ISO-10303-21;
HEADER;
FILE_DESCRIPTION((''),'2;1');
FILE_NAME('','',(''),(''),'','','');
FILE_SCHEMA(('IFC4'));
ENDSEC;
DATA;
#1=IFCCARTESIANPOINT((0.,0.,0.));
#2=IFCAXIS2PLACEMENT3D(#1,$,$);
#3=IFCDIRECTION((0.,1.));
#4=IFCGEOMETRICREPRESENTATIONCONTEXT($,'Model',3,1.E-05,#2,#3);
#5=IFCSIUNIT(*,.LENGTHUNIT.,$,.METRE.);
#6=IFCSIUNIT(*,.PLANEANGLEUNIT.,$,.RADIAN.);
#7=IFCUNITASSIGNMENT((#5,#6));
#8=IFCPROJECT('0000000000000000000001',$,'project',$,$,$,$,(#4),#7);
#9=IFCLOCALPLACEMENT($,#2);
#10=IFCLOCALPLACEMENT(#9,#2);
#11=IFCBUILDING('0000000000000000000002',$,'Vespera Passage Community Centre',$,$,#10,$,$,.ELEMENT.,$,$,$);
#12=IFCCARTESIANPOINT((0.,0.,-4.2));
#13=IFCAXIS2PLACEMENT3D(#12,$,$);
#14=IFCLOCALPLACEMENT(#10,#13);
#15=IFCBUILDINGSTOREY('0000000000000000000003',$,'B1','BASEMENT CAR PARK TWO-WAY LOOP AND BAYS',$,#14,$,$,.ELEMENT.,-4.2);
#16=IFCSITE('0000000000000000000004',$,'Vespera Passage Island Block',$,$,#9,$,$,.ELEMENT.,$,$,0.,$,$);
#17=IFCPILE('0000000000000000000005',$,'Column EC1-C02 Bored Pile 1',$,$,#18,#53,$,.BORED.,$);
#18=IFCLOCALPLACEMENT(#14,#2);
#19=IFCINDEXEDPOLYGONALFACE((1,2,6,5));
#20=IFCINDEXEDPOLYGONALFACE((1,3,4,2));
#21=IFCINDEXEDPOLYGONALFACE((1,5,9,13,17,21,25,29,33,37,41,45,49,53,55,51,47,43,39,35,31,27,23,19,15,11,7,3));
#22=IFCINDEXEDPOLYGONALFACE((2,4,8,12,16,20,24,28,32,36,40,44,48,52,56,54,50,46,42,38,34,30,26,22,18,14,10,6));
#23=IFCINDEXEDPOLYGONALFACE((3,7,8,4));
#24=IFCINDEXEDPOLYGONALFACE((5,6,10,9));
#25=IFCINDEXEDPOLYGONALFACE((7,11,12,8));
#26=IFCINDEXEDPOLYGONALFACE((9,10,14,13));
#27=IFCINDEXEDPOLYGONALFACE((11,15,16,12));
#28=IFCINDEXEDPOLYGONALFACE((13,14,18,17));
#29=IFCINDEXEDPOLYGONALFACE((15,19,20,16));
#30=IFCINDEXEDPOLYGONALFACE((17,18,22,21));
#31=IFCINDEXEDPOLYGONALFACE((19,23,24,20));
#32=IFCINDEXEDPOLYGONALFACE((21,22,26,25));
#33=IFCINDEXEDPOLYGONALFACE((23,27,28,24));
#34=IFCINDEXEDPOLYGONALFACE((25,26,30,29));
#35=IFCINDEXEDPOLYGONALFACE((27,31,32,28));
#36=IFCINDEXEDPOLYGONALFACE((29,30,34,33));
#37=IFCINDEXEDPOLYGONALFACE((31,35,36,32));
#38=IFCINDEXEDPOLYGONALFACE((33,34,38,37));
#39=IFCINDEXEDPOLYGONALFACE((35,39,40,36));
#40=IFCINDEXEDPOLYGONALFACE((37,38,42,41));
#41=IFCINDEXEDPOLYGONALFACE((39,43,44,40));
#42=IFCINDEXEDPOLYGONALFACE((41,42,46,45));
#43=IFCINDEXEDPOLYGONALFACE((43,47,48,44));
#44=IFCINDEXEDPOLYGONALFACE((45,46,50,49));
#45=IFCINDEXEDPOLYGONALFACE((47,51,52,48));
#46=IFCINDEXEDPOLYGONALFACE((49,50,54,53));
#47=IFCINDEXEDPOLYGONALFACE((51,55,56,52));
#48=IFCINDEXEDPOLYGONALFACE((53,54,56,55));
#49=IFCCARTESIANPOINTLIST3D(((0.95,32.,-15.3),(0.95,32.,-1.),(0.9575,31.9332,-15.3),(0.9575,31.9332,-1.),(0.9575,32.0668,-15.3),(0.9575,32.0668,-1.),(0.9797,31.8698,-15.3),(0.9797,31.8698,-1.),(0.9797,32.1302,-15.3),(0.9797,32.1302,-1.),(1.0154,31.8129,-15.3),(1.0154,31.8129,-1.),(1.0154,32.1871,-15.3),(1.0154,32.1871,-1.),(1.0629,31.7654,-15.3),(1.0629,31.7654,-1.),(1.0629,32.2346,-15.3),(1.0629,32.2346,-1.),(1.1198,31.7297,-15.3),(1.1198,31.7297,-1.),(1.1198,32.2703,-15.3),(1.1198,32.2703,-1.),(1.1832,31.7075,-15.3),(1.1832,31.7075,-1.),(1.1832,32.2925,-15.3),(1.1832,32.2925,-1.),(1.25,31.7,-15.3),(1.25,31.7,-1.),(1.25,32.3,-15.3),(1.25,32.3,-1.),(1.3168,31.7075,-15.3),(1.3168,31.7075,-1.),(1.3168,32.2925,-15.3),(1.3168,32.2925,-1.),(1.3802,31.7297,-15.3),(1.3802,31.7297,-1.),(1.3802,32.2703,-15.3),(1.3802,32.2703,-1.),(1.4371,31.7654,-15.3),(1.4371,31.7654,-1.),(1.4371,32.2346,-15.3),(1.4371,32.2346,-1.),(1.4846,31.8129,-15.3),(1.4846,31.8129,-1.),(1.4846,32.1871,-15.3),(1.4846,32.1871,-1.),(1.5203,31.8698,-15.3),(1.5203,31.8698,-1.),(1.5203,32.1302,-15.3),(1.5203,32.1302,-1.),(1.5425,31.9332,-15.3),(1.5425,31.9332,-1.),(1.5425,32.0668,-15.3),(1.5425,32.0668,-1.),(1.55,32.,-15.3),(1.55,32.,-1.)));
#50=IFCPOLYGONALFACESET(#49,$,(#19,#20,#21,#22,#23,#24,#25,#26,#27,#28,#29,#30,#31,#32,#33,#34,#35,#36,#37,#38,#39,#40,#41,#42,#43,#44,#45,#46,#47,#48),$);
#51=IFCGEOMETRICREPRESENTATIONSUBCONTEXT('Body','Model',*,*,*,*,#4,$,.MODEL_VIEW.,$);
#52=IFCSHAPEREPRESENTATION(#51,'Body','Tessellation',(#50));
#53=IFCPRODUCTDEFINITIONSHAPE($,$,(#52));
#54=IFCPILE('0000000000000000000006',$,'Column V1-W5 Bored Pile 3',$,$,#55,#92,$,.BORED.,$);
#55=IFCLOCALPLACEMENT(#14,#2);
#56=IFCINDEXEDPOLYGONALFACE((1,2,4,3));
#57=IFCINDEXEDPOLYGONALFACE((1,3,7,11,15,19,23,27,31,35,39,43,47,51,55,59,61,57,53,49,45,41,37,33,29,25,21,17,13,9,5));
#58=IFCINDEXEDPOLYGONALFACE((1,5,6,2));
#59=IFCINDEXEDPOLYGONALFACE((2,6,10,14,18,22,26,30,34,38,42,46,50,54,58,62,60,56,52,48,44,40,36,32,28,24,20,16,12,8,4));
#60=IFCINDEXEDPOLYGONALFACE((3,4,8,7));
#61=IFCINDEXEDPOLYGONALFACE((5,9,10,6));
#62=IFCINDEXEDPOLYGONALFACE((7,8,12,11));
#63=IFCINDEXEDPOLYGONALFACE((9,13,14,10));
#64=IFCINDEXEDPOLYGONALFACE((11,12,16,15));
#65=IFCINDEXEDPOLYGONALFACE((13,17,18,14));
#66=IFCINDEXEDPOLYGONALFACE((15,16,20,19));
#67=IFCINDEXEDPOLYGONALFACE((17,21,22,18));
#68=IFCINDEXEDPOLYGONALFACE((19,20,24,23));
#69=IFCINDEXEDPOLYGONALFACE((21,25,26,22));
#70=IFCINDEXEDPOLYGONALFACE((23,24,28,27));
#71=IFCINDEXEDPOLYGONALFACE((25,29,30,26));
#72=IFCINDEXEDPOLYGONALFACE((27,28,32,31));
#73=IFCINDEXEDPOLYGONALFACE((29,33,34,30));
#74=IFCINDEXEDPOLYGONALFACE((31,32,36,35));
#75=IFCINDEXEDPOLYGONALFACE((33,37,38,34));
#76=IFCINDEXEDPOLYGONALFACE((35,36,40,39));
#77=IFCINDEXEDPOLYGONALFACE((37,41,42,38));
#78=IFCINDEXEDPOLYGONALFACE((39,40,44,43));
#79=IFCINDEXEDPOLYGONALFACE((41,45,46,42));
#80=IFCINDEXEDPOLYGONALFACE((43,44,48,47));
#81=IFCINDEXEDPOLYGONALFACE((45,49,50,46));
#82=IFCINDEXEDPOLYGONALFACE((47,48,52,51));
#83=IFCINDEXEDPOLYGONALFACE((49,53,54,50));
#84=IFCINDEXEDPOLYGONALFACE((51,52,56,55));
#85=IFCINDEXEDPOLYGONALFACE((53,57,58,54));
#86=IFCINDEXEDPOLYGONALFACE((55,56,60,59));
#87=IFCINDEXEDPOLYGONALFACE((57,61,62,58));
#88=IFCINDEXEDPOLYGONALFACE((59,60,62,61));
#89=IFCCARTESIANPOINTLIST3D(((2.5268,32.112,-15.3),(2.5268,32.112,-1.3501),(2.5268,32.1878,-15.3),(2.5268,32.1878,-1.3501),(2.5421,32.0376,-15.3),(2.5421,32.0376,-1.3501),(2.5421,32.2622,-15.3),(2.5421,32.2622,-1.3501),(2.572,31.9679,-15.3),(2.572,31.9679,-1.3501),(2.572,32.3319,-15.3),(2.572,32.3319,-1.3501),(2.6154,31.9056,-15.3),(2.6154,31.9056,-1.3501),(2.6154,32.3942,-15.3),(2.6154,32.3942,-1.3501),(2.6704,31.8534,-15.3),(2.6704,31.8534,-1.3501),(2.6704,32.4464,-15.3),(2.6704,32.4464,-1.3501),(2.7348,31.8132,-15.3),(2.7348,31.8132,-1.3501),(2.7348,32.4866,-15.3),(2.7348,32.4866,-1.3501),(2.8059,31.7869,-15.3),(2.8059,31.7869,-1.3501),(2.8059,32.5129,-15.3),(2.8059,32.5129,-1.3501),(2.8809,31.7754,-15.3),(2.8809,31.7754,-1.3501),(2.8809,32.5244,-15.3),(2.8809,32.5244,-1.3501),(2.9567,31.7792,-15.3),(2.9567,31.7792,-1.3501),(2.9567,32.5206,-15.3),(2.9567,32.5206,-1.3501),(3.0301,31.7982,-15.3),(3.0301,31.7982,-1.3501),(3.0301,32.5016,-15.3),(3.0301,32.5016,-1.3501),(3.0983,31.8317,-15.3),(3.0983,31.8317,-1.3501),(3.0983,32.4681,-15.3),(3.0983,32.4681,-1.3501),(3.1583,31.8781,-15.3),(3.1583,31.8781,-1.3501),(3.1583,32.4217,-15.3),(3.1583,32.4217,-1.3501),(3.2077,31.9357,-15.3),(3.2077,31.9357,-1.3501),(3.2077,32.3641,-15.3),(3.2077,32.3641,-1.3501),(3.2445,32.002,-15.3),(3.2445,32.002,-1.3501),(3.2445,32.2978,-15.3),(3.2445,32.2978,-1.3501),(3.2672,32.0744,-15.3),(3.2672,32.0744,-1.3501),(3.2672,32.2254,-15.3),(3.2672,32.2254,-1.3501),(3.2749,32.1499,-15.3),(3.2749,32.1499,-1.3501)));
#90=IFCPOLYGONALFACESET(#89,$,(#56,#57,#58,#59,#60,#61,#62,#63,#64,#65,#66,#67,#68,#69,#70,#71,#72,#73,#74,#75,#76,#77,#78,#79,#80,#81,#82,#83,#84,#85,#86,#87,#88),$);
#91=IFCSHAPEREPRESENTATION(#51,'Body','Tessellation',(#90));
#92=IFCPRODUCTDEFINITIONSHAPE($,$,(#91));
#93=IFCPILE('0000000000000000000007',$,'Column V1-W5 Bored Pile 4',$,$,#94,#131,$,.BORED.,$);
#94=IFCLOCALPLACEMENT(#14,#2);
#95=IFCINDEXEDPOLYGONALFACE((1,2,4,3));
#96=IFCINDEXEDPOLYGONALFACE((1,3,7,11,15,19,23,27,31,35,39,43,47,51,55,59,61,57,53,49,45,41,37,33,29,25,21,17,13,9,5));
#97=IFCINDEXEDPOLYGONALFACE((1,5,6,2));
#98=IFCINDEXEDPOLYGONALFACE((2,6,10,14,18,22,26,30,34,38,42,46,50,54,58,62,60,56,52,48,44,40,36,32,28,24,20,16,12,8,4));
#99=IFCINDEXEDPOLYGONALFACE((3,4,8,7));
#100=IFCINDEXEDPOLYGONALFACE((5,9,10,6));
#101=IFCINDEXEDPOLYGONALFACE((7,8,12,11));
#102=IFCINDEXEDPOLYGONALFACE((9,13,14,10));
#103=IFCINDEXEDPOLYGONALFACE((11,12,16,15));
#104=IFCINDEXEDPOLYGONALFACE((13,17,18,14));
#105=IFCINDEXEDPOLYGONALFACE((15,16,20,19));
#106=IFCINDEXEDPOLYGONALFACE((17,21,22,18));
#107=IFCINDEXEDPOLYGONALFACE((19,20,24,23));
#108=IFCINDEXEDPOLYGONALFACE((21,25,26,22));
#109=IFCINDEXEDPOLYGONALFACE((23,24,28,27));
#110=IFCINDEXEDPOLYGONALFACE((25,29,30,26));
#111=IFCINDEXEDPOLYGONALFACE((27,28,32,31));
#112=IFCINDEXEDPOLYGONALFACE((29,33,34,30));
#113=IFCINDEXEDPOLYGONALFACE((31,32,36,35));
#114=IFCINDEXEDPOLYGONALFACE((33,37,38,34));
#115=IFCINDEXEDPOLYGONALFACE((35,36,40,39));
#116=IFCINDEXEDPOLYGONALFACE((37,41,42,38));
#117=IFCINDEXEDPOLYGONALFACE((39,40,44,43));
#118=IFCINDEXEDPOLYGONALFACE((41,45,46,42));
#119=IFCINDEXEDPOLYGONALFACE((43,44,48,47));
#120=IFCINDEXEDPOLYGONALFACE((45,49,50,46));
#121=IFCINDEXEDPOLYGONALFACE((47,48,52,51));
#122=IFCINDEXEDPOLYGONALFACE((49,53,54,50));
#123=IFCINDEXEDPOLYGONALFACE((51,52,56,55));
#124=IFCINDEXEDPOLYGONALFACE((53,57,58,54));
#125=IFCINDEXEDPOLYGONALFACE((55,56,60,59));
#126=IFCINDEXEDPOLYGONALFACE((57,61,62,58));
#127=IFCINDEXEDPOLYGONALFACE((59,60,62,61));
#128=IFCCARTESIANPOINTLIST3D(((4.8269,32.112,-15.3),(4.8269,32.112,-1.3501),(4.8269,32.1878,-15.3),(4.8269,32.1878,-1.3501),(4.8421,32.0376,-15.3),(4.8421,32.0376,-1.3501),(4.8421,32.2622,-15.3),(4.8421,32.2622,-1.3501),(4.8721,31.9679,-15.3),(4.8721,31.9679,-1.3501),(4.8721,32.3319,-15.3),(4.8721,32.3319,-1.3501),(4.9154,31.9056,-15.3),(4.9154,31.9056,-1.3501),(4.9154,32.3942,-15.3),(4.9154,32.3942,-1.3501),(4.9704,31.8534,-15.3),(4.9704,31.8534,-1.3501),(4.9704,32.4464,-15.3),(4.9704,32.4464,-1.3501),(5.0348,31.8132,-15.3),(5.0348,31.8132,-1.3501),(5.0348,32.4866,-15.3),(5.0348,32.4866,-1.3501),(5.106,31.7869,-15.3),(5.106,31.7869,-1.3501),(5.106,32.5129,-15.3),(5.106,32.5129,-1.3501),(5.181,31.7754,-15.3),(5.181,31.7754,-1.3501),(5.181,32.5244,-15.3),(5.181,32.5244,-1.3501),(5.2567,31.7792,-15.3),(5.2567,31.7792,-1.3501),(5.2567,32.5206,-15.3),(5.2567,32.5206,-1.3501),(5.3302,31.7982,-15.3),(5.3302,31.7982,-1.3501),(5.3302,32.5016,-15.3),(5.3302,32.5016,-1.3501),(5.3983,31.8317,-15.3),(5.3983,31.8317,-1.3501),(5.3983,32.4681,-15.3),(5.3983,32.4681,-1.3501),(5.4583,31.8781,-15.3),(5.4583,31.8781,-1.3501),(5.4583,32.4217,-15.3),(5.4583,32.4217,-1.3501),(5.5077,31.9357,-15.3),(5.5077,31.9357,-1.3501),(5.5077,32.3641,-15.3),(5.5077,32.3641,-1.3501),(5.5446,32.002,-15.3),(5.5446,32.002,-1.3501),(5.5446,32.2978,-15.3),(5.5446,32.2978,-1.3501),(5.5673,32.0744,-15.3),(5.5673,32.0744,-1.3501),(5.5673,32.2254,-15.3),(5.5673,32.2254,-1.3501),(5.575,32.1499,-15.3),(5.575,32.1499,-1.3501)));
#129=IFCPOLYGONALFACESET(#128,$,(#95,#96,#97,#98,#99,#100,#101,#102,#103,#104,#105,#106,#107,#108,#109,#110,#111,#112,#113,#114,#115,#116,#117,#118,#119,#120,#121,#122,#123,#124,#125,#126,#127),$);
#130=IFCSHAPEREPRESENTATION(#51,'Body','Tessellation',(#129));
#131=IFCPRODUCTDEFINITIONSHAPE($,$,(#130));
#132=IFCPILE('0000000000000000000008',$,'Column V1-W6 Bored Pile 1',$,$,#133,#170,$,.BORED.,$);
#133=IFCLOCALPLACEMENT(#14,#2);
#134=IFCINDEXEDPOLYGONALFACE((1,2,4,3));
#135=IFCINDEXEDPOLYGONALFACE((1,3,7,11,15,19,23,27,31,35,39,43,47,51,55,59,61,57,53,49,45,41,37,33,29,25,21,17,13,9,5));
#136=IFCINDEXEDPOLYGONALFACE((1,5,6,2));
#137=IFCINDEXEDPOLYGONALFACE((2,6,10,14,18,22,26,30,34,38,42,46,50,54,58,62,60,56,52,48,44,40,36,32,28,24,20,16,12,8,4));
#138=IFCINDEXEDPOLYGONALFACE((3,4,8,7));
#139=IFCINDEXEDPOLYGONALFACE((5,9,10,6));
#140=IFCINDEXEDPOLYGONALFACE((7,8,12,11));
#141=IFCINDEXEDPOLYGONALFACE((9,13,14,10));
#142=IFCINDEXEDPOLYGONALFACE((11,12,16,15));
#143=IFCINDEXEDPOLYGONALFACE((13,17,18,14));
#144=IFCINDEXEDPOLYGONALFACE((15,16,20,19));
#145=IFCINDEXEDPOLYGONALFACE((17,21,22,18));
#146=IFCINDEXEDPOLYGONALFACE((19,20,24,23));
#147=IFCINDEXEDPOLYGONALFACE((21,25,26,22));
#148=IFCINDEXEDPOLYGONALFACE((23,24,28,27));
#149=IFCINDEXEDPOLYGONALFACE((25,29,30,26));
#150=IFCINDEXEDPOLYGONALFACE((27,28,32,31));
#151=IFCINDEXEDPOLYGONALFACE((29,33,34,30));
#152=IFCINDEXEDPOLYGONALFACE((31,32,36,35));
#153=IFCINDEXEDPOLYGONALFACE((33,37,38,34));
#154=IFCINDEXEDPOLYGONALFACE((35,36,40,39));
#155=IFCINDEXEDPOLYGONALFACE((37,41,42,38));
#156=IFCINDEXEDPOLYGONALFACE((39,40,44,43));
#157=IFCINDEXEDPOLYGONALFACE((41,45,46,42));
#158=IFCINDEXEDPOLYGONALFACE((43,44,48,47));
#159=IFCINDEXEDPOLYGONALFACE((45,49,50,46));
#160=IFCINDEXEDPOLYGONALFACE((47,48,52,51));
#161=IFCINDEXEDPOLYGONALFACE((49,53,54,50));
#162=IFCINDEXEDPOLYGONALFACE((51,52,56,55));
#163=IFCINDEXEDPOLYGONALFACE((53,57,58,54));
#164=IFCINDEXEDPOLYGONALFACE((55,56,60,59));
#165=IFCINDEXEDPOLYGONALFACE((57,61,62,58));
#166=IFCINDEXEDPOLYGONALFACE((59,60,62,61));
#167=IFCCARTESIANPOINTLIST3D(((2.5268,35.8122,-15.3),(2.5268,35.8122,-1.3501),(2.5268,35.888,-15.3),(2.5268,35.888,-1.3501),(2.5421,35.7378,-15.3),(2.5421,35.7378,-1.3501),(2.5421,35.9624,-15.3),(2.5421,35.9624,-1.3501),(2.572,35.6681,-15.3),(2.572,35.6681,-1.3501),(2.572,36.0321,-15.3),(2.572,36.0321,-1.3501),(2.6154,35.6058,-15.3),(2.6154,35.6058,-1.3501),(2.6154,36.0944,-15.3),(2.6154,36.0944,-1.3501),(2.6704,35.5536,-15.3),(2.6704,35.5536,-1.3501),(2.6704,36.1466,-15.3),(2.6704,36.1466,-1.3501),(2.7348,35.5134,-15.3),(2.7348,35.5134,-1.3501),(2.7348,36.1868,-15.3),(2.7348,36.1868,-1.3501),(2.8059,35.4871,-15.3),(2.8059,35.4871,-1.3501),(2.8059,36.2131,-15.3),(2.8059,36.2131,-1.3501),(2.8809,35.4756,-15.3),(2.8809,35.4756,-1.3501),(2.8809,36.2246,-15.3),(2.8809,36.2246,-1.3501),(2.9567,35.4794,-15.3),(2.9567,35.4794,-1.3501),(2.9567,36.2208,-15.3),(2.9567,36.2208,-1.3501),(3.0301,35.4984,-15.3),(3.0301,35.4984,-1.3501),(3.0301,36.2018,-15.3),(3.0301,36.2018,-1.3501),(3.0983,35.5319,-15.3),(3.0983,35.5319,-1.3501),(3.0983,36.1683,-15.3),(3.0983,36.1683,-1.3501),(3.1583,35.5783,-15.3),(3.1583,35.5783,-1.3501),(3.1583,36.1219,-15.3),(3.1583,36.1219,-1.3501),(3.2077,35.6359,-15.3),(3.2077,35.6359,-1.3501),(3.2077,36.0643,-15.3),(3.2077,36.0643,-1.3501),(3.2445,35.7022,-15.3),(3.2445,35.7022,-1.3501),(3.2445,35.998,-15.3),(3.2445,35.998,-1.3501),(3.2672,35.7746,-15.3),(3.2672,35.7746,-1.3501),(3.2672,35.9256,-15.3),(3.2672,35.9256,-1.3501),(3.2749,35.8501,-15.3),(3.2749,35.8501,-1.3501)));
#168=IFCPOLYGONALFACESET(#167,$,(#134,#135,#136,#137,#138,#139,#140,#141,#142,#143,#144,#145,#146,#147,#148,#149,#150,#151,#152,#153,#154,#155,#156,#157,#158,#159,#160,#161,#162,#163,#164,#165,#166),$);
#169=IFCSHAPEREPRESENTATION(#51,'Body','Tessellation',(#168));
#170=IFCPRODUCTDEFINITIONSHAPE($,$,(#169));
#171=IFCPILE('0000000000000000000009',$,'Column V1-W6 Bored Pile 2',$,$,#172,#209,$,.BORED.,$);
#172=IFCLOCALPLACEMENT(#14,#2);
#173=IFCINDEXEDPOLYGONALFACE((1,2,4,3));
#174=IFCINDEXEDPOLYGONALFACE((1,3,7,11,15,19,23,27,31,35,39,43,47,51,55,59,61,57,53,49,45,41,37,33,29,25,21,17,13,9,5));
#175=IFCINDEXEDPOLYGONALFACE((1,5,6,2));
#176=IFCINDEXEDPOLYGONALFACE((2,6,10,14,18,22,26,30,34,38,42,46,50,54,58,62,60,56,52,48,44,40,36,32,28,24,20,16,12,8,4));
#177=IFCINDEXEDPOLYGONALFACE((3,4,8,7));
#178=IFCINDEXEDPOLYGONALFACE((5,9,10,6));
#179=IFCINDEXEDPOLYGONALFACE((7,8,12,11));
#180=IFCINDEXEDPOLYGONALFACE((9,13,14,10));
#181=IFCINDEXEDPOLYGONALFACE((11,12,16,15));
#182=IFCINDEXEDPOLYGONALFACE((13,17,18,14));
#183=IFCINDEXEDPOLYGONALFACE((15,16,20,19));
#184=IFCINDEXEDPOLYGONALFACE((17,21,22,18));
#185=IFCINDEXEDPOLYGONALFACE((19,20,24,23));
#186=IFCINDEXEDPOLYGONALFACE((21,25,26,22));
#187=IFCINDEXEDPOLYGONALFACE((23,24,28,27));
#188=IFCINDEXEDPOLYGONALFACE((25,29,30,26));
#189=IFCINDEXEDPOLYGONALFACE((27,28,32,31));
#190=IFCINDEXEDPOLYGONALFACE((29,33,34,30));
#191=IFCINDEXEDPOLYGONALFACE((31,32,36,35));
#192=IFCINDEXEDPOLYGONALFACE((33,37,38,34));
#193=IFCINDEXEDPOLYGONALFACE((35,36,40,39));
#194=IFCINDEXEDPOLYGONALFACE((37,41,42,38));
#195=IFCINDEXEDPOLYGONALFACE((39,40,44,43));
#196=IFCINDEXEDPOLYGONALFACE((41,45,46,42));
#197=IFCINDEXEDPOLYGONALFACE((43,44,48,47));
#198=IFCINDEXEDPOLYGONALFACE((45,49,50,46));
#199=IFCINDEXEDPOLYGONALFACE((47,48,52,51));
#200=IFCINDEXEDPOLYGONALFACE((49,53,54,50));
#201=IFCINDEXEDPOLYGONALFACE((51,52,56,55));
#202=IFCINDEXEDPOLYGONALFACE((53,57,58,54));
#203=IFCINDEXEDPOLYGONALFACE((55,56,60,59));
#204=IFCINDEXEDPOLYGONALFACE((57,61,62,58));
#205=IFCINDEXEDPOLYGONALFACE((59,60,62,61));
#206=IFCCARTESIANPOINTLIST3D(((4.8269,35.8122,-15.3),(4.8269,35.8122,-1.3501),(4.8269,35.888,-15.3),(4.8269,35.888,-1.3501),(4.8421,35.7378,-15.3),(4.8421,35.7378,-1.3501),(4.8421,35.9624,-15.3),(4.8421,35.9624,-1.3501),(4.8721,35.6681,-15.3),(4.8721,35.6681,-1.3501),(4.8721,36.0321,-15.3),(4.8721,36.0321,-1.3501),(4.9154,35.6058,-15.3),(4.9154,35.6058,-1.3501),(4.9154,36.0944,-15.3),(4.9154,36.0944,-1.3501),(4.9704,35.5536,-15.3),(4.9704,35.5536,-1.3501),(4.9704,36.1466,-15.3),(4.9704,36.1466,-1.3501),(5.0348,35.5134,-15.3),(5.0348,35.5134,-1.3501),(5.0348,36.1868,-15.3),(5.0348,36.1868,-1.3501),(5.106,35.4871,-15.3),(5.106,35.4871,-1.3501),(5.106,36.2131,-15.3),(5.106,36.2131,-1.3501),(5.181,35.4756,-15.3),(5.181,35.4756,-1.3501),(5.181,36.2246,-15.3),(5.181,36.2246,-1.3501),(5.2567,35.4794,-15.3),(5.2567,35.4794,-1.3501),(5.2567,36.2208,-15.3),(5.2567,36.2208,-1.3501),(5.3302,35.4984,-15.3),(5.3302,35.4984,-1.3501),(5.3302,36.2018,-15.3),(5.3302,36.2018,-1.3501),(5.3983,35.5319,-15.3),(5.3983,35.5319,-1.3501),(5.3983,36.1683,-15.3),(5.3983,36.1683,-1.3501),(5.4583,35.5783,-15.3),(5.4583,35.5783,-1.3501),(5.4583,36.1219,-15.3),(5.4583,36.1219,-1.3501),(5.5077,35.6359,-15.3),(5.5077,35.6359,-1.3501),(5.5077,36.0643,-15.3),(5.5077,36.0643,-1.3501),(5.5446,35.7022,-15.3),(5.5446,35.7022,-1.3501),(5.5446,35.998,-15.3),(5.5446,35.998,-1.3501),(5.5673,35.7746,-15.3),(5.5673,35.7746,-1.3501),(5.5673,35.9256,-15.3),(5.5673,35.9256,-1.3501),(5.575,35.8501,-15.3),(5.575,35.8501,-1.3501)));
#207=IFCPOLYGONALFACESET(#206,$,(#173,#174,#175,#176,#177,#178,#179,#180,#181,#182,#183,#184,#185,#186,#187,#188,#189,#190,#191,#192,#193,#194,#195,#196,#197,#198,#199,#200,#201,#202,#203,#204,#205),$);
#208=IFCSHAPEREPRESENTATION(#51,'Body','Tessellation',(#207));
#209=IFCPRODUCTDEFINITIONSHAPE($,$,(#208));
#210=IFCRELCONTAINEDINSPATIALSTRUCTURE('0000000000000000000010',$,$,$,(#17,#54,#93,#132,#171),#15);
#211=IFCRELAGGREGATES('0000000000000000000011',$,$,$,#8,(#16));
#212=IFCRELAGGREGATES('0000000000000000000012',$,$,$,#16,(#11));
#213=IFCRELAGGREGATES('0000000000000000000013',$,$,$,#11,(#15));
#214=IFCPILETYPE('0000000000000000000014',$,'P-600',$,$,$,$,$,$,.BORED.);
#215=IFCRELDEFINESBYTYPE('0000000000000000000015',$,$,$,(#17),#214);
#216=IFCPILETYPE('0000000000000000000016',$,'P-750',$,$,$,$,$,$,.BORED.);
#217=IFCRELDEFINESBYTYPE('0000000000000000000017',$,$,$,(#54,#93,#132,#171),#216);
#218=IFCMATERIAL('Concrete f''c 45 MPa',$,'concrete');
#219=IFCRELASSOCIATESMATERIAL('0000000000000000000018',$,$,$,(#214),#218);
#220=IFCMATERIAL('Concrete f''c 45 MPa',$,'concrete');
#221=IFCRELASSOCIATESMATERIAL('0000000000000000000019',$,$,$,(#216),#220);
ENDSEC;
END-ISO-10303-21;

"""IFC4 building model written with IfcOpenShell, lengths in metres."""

from ifc_helpers import new_model, si_unit, direction, frame, origin, origin_2d, place, context, subcontext, project, spatial, circle, extrude, material, material_profile, profile_set, type_object, element, save


model = new_model("IFC4")

# Units and contexts
model_context = context("Model", 3, precision=1e-05, world=origin(), true_north=direction((0.0, 1.0)))
body_context = subcontext(model_context, "Body", "Model", "MODEL_VIEW")
ifc_project = project(units=[si_unit("LENGTHUNIT", "METRE"), si_unit("PLANEANGLEUNIT", "RADIAN")], contexts=[model_context])

# Site, building, storey
site_placement = place(None, origin())
site = spatial("IfcSite", under=ifc_project, at=site_placement, Name="Vespera Passage Island Block", CompositionType="ELEMENT", RefElevation=0.0)
building_placement = place(site_placement, origin())
building = spatial("IfcBuilding", under=site, at=building_placement, Name="Vespera Passage Community Centre", CompositionType="ELEMENT")
storey_placement = place(building_placement, frame((0.0, 0.0, -4.2)))
storey = spatial("IfcBuildingStorey", under=building, at=storey_placement, Name="B1", Description="BASEMENT CAR PARK TWO-WAY LOOP AND BAYS", CompositionType="ELEMENT", Elevation=-4.2)

# Piles
ifc_material_1 = material(Name="Concrete f'c 45 MPa", Category="concrete")
ifc_material_profile_1 = material_profile(ifc_material_1, circle(Radius=0.3, at=origin_2d()), Name="PILE600DIA")
ifc_profile_set_1 = profile_set([ifc_material_profile_1], Name="Concrete f'c 45 MPa")
pile_type_1 = type_object("IfcPileType", Name="P-600", PredefinedType="BORED", material=ifc_profile_set_1)
pile_placement = place(storey_placement, frame((1.25, 32.0, -1.0), z_axis=(0.0, 0.0, -1.0), x_axis=(1.0, 0.0, 0.0)))
element("IfcPile", 1, at=pile_placement, inside=storey, type_object=pile_type_1, Name="Column EC1-C02 Bored Pile 1", PredefinedType="BORED", context=body_context, shape_type="SweptSolid", body=[
    extrude(circle(Radius=0.3, at=origin_2d()), origin(), (0.0, 0.0, 1.0), 14.3),
])
ifc_material_2 = material(Name="Concrete f'c 45 MPa", Category="concrete")
ifc_material_profile_2 = material_profile(ifc_material_2, circle(Radius=0.375, at=origin_2d()), Name="PILE750DIA")
ifc_profile_set_2 = profile_set([ifc_material_profile_2], Name="Concrete f'c 45 MPa")
pile_type_2 = type_object("IfcPileType", Name="P-750", PredefinedType="BORED", material=ifc_profile_set_2)
for number, where, z_axis, x_axis, name in (
    (2, (2.8999, 32.1499, -1.3501), (0.0, 0.0, -1.0), (1.0, 0.0, 0.0), "Column V1-W5 Bored Pile 3"),
    (3, (5.2, 32.1499, -1.3501), (0.0, 0.0, -1.0), (1.0, 0.0, 0.0), "Column V1-W5 Bored Pile 4"),
    (4, (2.8999, 35.8501, -1.3501), (0.0, 0.0, -1.0), (1.0, 0.0, 0.0), "Column V1-W6 Bored Pile 1"),
    (5, (5.2, 35.8501, -1.3501), (0.0, 0.0, -1.0), (1.0, 0.0, 0.0), "Column V1-W6 Bored Pile 2"),
):
    element("IfcPile", number, at=place(storey_placement, frame(where, z_axis=z_axis, x_axis=x_axis)), inside=storey, type_object=pile_type_2, Name=name, PredefinedType="BORED", context=body_context, shape_type="SweptSolid", body=[
        extrude(circle(Radius=0.375, at=origin_2d()), origin(), (0.0, 0.0, 1.0), 13.95),
    ])

save(model, "model.ifc")
